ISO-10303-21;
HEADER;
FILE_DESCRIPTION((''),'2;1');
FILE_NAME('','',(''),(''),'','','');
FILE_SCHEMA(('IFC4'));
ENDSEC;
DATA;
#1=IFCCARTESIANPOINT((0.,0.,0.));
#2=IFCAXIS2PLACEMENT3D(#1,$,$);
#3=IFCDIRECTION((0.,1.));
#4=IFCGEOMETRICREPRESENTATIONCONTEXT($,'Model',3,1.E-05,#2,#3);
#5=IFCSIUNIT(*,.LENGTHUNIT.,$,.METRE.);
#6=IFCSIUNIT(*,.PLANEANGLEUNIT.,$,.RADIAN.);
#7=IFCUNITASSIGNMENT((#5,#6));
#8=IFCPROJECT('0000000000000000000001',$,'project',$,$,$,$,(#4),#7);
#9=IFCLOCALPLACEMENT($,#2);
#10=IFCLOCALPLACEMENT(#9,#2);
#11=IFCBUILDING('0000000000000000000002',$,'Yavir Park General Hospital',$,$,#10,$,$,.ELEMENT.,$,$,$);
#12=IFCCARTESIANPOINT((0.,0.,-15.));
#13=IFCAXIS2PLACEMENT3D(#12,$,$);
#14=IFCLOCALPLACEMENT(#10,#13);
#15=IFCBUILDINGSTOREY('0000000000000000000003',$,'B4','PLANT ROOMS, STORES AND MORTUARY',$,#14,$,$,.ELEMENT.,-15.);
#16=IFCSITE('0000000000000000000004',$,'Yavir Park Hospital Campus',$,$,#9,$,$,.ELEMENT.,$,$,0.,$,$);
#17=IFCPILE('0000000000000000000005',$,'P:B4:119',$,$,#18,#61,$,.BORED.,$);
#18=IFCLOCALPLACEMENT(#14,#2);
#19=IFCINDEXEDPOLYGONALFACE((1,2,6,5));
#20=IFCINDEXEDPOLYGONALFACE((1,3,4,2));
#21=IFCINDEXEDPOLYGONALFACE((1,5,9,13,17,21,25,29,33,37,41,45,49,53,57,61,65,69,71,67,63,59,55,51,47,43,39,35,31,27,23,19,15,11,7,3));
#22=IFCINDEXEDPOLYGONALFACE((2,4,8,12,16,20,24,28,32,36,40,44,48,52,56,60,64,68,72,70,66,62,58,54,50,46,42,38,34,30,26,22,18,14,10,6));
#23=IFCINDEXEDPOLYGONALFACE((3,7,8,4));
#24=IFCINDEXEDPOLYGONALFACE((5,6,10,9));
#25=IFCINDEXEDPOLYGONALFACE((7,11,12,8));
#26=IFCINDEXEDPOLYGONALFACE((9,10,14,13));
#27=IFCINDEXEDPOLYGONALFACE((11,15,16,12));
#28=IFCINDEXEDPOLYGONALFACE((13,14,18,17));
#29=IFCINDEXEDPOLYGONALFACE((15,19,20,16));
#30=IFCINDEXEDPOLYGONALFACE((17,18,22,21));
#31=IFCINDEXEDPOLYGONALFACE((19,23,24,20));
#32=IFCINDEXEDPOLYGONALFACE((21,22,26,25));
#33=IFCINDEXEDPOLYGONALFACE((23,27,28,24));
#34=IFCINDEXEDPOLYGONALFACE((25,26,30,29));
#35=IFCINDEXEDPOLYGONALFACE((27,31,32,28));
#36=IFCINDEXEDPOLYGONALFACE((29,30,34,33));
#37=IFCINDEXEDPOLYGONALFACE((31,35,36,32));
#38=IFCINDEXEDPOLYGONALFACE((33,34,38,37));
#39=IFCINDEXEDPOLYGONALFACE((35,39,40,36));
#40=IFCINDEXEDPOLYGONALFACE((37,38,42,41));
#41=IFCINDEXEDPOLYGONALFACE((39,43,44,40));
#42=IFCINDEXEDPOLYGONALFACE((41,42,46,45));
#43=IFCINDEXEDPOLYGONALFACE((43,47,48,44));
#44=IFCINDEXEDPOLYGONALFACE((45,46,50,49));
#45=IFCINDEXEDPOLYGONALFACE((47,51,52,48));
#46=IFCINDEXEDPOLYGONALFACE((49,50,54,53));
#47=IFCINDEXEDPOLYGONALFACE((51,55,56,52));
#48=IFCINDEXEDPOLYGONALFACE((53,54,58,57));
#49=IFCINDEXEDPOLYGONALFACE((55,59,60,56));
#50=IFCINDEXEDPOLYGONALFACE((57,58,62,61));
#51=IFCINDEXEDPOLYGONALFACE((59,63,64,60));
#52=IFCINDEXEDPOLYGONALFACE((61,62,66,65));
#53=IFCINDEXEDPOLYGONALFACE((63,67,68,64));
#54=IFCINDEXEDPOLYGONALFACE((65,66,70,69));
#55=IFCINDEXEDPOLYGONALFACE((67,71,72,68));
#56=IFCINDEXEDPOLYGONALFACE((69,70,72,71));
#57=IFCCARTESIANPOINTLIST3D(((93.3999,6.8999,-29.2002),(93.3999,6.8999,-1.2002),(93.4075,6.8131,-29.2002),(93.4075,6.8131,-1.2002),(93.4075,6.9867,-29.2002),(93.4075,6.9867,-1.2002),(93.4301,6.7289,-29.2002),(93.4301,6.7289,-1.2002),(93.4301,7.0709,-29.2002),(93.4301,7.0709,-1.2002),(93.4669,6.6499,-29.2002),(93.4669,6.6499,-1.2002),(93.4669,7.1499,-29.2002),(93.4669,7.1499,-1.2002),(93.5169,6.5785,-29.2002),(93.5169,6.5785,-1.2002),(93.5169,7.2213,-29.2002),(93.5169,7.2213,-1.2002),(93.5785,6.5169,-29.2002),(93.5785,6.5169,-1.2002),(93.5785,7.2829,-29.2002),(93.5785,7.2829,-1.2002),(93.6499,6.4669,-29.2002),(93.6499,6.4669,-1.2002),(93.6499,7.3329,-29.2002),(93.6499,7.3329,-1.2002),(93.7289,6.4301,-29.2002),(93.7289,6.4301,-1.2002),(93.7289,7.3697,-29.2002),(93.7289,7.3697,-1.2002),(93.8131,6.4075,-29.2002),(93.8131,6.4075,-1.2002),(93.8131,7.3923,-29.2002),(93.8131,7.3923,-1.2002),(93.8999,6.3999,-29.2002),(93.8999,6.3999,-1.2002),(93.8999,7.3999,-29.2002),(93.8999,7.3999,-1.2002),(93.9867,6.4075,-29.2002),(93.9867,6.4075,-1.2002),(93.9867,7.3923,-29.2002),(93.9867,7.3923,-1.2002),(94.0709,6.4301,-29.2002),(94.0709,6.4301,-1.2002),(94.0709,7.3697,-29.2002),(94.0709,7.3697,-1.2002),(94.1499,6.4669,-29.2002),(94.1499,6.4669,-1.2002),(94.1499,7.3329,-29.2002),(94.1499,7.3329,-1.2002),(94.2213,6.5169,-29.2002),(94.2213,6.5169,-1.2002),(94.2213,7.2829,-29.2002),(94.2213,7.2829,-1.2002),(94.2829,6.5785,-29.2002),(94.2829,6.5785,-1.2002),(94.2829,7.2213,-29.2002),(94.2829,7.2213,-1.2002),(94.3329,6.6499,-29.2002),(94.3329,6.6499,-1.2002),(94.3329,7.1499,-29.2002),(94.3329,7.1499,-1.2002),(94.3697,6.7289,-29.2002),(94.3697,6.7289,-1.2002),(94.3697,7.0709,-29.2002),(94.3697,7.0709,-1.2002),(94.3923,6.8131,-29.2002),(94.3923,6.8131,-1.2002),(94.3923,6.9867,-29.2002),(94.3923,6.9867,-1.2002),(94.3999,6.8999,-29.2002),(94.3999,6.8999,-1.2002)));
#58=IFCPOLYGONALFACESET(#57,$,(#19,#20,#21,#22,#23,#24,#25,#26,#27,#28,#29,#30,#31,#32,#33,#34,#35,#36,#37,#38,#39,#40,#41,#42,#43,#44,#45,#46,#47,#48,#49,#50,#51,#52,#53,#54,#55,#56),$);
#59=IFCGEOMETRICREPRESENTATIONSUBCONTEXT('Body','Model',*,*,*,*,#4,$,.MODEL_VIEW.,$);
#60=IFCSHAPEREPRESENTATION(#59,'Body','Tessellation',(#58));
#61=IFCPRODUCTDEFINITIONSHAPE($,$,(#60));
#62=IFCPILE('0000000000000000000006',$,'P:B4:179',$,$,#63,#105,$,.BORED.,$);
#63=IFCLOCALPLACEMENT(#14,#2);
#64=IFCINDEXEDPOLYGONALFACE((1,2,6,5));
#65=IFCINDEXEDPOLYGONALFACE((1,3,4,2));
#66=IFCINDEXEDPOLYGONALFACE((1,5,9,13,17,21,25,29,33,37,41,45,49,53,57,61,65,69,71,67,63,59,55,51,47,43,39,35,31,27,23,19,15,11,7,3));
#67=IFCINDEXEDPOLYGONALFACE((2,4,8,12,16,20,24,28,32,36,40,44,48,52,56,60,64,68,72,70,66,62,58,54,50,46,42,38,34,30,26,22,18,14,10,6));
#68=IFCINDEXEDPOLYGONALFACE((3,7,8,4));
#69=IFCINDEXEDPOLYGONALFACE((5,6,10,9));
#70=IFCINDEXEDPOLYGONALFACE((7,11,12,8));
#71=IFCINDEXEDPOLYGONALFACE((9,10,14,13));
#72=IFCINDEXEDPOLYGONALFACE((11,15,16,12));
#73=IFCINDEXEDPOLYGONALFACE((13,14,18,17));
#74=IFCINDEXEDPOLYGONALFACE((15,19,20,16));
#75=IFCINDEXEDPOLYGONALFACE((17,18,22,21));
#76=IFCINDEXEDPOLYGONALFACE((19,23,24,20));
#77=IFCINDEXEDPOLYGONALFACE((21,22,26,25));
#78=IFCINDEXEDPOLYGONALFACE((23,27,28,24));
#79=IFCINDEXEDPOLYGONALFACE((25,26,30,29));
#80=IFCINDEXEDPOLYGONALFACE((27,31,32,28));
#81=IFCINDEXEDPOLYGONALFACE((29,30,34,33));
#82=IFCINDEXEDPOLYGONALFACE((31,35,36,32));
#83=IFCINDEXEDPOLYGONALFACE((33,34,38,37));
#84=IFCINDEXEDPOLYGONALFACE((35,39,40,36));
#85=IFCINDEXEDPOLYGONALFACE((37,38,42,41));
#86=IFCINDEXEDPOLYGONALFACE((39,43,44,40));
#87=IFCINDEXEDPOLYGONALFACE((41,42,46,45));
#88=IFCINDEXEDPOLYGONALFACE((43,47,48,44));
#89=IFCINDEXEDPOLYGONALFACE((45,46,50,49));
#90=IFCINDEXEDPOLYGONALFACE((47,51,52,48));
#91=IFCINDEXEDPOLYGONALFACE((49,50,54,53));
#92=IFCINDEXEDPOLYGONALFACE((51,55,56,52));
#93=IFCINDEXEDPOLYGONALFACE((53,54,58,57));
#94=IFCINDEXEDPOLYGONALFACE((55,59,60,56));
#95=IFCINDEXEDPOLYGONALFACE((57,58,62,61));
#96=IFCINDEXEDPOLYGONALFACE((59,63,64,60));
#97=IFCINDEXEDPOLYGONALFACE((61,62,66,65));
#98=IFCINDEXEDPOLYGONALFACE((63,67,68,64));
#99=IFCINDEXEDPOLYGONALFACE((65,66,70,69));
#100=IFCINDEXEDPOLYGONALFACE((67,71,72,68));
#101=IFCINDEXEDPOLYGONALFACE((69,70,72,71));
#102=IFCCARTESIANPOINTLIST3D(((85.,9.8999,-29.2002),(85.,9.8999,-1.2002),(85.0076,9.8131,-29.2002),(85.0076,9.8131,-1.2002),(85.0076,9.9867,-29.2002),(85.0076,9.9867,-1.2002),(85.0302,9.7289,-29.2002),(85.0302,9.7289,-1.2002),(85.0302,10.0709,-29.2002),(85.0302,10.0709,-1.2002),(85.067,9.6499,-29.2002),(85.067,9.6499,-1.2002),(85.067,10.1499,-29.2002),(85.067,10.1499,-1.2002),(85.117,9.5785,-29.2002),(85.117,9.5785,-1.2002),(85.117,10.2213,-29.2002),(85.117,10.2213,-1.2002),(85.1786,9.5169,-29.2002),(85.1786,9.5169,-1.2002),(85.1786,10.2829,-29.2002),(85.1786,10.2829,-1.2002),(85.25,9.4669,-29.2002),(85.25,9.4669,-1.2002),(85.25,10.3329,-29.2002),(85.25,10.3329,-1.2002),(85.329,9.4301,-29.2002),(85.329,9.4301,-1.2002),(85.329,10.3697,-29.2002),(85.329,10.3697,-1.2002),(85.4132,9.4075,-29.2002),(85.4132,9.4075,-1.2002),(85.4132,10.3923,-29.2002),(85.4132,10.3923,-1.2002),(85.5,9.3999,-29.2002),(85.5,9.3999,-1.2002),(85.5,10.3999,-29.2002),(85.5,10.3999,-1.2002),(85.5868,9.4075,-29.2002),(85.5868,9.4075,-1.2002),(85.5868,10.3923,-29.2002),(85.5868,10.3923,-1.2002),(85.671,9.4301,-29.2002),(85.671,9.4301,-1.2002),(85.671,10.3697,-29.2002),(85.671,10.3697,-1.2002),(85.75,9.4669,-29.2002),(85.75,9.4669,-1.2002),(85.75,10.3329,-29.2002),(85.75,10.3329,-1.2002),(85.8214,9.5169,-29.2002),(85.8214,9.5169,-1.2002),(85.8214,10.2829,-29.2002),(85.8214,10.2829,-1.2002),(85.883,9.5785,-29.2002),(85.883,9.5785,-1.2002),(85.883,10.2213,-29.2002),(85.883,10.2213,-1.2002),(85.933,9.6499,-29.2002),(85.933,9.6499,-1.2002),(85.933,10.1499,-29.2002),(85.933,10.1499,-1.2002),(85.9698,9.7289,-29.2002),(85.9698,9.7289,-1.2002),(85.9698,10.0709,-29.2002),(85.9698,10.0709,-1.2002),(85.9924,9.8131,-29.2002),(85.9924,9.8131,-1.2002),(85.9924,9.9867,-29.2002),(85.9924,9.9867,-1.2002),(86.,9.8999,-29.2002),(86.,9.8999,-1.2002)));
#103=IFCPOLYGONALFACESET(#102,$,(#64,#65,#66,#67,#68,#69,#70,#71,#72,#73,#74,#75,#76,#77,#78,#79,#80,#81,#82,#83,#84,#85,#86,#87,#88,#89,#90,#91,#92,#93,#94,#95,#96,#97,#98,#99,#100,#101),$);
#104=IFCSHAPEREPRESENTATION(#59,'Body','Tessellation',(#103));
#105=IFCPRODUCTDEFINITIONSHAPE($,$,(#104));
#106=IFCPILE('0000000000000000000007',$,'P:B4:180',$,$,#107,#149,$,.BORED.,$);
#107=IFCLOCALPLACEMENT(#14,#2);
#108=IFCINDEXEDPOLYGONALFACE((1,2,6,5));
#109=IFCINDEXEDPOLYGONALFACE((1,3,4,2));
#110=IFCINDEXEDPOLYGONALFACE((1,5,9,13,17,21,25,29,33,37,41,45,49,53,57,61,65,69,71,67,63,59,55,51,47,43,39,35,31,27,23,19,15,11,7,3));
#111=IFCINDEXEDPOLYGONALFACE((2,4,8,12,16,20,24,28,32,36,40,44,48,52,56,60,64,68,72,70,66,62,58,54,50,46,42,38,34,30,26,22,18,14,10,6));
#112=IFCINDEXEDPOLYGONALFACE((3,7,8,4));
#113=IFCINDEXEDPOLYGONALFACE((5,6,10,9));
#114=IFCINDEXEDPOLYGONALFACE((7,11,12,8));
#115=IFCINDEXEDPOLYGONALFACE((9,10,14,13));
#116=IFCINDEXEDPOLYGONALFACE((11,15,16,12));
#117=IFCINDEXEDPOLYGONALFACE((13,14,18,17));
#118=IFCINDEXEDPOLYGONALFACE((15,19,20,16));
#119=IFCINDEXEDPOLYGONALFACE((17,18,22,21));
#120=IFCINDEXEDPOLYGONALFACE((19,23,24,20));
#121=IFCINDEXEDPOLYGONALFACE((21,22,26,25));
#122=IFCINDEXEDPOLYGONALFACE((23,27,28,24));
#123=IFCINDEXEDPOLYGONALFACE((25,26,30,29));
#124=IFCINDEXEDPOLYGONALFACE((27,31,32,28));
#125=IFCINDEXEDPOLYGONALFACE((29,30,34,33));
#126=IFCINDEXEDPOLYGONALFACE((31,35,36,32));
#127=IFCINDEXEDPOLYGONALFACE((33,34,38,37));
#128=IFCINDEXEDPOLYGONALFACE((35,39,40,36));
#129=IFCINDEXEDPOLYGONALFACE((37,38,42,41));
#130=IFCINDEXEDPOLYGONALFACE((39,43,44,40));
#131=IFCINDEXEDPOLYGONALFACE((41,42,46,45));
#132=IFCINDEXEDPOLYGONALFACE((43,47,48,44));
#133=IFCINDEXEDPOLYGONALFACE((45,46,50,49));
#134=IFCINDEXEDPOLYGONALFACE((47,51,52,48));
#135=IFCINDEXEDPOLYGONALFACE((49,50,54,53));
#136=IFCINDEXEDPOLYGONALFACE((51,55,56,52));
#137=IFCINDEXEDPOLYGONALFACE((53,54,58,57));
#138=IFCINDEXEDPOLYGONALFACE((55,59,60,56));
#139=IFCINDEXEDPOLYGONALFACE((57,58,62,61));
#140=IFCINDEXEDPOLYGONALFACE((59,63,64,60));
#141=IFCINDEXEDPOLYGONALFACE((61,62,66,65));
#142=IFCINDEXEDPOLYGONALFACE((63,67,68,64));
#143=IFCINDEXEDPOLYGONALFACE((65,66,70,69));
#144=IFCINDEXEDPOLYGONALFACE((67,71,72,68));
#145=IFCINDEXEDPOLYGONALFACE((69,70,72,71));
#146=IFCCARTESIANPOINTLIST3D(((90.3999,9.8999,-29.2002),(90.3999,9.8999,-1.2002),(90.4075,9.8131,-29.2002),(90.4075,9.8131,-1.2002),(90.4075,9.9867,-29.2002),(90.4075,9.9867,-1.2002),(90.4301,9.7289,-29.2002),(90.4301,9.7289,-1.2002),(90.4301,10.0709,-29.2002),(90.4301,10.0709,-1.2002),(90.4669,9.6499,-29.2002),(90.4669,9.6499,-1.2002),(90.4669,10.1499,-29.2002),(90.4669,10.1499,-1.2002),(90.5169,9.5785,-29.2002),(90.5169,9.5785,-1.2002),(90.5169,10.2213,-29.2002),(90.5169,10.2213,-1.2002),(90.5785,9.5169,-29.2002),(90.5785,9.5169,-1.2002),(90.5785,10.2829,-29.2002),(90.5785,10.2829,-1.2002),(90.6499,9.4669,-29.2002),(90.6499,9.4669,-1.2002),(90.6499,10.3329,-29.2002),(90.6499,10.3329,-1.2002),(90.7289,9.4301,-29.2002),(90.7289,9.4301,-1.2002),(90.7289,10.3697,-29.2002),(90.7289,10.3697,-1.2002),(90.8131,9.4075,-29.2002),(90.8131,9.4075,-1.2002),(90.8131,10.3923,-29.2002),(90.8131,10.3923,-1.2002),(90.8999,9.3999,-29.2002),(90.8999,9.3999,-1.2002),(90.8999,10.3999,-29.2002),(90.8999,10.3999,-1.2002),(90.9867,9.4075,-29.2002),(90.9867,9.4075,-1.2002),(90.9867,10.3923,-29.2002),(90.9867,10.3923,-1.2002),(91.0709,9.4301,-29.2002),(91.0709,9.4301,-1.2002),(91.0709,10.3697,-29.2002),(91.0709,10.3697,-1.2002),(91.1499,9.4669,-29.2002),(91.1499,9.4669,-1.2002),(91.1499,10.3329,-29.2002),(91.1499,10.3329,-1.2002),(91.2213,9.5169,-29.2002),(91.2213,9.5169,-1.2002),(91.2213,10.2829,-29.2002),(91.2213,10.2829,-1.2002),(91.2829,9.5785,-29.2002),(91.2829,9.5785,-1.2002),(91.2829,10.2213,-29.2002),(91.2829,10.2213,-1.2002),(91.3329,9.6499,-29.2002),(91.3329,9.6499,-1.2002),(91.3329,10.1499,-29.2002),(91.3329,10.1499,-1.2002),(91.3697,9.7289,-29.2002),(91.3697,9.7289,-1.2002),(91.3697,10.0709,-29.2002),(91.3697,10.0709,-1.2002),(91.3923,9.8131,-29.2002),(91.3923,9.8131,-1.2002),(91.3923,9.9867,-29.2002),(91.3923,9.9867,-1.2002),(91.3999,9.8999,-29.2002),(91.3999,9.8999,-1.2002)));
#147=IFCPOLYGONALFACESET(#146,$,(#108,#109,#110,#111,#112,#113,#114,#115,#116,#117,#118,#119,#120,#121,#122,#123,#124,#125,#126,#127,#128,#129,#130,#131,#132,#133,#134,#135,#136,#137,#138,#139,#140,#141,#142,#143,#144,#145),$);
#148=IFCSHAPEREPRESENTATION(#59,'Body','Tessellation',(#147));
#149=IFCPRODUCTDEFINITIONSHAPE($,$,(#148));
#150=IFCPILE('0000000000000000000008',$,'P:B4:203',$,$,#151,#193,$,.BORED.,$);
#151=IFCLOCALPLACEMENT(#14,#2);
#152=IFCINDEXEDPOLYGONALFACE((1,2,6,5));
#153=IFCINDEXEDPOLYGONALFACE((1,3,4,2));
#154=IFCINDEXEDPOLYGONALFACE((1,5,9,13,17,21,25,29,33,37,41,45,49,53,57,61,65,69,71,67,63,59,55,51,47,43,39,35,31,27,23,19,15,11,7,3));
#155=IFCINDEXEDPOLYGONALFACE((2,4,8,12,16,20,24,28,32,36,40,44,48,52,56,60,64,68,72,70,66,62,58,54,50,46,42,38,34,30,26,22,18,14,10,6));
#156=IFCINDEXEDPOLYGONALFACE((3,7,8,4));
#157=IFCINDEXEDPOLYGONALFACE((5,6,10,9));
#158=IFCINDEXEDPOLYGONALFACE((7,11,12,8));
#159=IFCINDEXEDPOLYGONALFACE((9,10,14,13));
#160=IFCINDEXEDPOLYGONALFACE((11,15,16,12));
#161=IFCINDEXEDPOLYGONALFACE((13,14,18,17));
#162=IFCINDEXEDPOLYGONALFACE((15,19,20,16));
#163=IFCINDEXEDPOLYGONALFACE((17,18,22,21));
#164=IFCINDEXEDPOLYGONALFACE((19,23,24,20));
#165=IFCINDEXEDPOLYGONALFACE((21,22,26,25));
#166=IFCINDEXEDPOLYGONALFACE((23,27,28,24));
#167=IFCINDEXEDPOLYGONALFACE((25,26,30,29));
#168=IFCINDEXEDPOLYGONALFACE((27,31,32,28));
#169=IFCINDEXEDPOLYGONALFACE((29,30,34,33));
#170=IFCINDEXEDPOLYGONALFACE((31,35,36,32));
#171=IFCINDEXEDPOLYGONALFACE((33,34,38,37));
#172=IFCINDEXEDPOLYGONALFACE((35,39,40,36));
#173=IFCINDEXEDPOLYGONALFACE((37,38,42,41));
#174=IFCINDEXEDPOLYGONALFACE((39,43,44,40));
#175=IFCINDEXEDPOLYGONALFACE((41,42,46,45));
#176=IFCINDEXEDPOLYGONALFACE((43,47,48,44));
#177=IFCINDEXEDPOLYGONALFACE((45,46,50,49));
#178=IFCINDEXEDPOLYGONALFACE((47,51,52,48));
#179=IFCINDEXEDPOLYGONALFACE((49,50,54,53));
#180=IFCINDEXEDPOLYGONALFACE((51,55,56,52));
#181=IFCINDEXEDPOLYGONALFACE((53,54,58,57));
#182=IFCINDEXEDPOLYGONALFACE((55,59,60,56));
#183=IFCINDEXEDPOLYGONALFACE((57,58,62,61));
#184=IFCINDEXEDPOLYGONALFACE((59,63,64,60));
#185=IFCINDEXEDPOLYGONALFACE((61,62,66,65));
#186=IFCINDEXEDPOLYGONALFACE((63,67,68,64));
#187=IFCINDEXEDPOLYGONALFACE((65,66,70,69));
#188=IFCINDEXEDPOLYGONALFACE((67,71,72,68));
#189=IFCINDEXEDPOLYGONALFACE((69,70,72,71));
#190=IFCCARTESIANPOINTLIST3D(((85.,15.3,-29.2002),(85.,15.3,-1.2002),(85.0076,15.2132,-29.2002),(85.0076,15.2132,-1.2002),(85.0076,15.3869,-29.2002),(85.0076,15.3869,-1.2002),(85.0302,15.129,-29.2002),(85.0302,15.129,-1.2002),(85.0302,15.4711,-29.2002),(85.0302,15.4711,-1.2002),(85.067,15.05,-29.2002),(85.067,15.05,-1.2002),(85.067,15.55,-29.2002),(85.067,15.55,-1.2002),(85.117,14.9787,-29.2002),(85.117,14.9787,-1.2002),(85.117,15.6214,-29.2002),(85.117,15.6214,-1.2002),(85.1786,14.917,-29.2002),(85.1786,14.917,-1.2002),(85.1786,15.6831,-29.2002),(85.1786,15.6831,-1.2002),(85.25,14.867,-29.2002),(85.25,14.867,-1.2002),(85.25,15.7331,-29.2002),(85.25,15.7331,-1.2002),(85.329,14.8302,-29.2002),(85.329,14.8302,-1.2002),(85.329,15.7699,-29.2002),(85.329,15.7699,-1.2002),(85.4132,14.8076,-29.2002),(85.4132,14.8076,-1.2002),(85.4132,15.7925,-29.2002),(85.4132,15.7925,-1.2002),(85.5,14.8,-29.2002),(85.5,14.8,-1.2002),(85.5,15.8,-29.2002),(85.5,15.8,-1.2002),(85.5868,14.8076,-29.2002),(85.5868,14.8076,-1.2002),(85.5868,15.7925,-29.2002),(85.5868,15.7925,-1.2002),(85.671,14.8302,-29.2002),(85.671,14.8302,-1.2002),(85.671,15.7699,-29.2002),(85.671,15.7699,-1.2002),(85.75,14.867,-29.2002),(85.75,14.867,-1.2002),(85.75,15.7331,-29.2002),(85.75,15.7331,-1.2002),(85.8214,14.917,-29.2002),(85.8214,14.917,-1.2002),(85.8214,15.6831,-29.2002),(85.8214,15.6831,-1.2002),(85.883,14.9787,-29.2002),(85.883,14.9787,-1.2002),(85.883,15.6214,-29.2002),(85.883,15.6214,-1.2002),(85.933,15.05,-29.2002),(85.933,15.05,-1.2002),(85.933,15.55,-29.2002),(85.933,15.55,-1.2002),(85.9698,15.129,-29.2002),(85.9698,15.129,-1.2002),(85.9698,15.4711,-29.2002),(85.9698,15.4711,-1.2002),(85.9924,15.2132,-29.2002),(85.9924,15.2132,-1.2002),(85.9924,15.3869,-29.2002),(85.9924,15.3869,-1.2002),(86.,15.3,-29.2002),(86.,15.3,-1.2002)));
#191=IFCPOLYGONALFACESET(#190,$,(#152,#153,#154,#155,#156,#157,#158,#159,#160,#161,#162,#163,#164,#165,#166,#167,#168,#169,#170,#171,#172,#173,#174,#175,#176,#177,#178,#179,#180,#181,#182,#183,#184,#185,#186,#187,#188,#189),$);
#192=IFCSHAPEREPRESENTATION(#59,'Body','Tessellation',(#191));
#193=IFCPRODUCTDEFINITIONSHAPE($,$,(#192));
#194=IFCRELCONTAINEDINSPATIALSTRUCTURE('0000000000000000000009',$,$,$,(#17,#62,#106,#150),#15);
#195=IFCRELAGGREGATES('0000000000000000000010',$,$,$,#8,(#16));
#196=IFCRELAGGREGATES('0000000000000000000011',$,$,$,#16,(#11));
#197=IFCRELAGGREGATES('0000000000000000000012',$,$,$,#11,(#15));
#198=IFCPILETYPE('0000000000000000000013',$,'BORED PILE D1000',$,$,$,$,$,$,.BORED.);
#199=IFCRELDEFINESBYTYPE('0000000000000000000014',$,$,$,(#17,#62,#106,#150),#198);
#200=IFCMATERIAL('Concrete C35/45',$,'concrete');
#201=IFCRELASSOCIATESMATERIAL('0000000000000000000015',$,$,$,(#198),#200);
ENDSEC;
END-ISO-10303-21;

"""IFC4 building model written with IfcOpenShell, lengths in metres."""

from ifc_helpers import new_model, si_unit, direction, frame, origin, origin_2d, place, context, subcontext, project, spatial, circle, extrude, material, material_profile, profile_set, type_object, element, save


model = new_model("IFC4")

# Units and contexts
model_context = context("Model", 3, precision=1e-05, world=origin(), true_north=direction((0.0, 1.0)))
body_context = subcontext(model_context, "Body", "Model", "MODEL_VIEW")
ifc_project = project(units=[si_unit("LENGTHUNIT", "METRE"), si_unit("PLANEANGLEUNIT", "RADIAN")], contexts=[model_context])

# Site, building, storey
site_placement = place(None, origin())
site = spatial("IfcSite", under=ifc_project, at=site_placement, Name="Yavir Park Hospital Campus", CompositionType="ELEMENT", RefElevation=0.0)
building_placement = place(site_placement, origin())
building = spatial("IfcBuilding", under=site, at=building_placement, Name="Yavir Park General Hospital", CompositionType="ELEMENT")
storey_placement = place(building_placement, frame((0.0, 0.0, -15.0)))
storey = spatial("IfcBuildingStorey", under=building, at=storey_placement, Name="B4", Description="PLANT ROOMS, STORES AND MORTUARY", CompositionType="ELEMENT", Elevation=-15.0)

# Piles
ifc_material_1 = material(Name="Concrete C35/45", Category="concrete")
ifc_material_profile_1 = material_profile(ifc_material_1, circle(Radius=0.5, at=origin_2d()), Name="D1000")
ifc_profile_set_1 = profile_set([ifc_material_profile_1], Name="Concrete C35/45")
pile_type_1 = type_object("IfcPileType", Name="BORED PILE D1000", PredefinedType="BORED", material=ifc_profile_set_1)
for number, where, z_axis, x_axis, name in (
    (1, (93.8999, 6.8999, -1.2002), (0.0, 0.0, -1.0), (1.0, 0.0, 0.0), "P:B4:119"),
    (2, (85.5, 9.8999, -1.2002), (0.0, 0.0, -1.0), (1.0, 0.0, 0.0), "P:B4:179"),
    (3, (90.8999, 9.8999, -1.2002), (0.0, 0.0, -1.0), (1.0, 0.0, 0.0), "P:B4:180"),
    (4, (85.5, 15.3, -1.2002), (0.0, 0.0, -1.0), (1.0, 0.0, 0.0), "P:B4:203"),
):
    element("IfcPile", number, at=place(storey_placement, frame(where, z_axis=z_axis, x_axis=x_axis)), inside=storey, type_object=pile_type_1, Name=name, PredefinedType="BORED", context=body_context, shape_type="SweptSolid", body=[
        extrude(circle(Radius=0.5, at=origin_2d()), origin(), (0.0, 0.0, 1.0), 28.0),
    ])

save(model, "model.ifc")
